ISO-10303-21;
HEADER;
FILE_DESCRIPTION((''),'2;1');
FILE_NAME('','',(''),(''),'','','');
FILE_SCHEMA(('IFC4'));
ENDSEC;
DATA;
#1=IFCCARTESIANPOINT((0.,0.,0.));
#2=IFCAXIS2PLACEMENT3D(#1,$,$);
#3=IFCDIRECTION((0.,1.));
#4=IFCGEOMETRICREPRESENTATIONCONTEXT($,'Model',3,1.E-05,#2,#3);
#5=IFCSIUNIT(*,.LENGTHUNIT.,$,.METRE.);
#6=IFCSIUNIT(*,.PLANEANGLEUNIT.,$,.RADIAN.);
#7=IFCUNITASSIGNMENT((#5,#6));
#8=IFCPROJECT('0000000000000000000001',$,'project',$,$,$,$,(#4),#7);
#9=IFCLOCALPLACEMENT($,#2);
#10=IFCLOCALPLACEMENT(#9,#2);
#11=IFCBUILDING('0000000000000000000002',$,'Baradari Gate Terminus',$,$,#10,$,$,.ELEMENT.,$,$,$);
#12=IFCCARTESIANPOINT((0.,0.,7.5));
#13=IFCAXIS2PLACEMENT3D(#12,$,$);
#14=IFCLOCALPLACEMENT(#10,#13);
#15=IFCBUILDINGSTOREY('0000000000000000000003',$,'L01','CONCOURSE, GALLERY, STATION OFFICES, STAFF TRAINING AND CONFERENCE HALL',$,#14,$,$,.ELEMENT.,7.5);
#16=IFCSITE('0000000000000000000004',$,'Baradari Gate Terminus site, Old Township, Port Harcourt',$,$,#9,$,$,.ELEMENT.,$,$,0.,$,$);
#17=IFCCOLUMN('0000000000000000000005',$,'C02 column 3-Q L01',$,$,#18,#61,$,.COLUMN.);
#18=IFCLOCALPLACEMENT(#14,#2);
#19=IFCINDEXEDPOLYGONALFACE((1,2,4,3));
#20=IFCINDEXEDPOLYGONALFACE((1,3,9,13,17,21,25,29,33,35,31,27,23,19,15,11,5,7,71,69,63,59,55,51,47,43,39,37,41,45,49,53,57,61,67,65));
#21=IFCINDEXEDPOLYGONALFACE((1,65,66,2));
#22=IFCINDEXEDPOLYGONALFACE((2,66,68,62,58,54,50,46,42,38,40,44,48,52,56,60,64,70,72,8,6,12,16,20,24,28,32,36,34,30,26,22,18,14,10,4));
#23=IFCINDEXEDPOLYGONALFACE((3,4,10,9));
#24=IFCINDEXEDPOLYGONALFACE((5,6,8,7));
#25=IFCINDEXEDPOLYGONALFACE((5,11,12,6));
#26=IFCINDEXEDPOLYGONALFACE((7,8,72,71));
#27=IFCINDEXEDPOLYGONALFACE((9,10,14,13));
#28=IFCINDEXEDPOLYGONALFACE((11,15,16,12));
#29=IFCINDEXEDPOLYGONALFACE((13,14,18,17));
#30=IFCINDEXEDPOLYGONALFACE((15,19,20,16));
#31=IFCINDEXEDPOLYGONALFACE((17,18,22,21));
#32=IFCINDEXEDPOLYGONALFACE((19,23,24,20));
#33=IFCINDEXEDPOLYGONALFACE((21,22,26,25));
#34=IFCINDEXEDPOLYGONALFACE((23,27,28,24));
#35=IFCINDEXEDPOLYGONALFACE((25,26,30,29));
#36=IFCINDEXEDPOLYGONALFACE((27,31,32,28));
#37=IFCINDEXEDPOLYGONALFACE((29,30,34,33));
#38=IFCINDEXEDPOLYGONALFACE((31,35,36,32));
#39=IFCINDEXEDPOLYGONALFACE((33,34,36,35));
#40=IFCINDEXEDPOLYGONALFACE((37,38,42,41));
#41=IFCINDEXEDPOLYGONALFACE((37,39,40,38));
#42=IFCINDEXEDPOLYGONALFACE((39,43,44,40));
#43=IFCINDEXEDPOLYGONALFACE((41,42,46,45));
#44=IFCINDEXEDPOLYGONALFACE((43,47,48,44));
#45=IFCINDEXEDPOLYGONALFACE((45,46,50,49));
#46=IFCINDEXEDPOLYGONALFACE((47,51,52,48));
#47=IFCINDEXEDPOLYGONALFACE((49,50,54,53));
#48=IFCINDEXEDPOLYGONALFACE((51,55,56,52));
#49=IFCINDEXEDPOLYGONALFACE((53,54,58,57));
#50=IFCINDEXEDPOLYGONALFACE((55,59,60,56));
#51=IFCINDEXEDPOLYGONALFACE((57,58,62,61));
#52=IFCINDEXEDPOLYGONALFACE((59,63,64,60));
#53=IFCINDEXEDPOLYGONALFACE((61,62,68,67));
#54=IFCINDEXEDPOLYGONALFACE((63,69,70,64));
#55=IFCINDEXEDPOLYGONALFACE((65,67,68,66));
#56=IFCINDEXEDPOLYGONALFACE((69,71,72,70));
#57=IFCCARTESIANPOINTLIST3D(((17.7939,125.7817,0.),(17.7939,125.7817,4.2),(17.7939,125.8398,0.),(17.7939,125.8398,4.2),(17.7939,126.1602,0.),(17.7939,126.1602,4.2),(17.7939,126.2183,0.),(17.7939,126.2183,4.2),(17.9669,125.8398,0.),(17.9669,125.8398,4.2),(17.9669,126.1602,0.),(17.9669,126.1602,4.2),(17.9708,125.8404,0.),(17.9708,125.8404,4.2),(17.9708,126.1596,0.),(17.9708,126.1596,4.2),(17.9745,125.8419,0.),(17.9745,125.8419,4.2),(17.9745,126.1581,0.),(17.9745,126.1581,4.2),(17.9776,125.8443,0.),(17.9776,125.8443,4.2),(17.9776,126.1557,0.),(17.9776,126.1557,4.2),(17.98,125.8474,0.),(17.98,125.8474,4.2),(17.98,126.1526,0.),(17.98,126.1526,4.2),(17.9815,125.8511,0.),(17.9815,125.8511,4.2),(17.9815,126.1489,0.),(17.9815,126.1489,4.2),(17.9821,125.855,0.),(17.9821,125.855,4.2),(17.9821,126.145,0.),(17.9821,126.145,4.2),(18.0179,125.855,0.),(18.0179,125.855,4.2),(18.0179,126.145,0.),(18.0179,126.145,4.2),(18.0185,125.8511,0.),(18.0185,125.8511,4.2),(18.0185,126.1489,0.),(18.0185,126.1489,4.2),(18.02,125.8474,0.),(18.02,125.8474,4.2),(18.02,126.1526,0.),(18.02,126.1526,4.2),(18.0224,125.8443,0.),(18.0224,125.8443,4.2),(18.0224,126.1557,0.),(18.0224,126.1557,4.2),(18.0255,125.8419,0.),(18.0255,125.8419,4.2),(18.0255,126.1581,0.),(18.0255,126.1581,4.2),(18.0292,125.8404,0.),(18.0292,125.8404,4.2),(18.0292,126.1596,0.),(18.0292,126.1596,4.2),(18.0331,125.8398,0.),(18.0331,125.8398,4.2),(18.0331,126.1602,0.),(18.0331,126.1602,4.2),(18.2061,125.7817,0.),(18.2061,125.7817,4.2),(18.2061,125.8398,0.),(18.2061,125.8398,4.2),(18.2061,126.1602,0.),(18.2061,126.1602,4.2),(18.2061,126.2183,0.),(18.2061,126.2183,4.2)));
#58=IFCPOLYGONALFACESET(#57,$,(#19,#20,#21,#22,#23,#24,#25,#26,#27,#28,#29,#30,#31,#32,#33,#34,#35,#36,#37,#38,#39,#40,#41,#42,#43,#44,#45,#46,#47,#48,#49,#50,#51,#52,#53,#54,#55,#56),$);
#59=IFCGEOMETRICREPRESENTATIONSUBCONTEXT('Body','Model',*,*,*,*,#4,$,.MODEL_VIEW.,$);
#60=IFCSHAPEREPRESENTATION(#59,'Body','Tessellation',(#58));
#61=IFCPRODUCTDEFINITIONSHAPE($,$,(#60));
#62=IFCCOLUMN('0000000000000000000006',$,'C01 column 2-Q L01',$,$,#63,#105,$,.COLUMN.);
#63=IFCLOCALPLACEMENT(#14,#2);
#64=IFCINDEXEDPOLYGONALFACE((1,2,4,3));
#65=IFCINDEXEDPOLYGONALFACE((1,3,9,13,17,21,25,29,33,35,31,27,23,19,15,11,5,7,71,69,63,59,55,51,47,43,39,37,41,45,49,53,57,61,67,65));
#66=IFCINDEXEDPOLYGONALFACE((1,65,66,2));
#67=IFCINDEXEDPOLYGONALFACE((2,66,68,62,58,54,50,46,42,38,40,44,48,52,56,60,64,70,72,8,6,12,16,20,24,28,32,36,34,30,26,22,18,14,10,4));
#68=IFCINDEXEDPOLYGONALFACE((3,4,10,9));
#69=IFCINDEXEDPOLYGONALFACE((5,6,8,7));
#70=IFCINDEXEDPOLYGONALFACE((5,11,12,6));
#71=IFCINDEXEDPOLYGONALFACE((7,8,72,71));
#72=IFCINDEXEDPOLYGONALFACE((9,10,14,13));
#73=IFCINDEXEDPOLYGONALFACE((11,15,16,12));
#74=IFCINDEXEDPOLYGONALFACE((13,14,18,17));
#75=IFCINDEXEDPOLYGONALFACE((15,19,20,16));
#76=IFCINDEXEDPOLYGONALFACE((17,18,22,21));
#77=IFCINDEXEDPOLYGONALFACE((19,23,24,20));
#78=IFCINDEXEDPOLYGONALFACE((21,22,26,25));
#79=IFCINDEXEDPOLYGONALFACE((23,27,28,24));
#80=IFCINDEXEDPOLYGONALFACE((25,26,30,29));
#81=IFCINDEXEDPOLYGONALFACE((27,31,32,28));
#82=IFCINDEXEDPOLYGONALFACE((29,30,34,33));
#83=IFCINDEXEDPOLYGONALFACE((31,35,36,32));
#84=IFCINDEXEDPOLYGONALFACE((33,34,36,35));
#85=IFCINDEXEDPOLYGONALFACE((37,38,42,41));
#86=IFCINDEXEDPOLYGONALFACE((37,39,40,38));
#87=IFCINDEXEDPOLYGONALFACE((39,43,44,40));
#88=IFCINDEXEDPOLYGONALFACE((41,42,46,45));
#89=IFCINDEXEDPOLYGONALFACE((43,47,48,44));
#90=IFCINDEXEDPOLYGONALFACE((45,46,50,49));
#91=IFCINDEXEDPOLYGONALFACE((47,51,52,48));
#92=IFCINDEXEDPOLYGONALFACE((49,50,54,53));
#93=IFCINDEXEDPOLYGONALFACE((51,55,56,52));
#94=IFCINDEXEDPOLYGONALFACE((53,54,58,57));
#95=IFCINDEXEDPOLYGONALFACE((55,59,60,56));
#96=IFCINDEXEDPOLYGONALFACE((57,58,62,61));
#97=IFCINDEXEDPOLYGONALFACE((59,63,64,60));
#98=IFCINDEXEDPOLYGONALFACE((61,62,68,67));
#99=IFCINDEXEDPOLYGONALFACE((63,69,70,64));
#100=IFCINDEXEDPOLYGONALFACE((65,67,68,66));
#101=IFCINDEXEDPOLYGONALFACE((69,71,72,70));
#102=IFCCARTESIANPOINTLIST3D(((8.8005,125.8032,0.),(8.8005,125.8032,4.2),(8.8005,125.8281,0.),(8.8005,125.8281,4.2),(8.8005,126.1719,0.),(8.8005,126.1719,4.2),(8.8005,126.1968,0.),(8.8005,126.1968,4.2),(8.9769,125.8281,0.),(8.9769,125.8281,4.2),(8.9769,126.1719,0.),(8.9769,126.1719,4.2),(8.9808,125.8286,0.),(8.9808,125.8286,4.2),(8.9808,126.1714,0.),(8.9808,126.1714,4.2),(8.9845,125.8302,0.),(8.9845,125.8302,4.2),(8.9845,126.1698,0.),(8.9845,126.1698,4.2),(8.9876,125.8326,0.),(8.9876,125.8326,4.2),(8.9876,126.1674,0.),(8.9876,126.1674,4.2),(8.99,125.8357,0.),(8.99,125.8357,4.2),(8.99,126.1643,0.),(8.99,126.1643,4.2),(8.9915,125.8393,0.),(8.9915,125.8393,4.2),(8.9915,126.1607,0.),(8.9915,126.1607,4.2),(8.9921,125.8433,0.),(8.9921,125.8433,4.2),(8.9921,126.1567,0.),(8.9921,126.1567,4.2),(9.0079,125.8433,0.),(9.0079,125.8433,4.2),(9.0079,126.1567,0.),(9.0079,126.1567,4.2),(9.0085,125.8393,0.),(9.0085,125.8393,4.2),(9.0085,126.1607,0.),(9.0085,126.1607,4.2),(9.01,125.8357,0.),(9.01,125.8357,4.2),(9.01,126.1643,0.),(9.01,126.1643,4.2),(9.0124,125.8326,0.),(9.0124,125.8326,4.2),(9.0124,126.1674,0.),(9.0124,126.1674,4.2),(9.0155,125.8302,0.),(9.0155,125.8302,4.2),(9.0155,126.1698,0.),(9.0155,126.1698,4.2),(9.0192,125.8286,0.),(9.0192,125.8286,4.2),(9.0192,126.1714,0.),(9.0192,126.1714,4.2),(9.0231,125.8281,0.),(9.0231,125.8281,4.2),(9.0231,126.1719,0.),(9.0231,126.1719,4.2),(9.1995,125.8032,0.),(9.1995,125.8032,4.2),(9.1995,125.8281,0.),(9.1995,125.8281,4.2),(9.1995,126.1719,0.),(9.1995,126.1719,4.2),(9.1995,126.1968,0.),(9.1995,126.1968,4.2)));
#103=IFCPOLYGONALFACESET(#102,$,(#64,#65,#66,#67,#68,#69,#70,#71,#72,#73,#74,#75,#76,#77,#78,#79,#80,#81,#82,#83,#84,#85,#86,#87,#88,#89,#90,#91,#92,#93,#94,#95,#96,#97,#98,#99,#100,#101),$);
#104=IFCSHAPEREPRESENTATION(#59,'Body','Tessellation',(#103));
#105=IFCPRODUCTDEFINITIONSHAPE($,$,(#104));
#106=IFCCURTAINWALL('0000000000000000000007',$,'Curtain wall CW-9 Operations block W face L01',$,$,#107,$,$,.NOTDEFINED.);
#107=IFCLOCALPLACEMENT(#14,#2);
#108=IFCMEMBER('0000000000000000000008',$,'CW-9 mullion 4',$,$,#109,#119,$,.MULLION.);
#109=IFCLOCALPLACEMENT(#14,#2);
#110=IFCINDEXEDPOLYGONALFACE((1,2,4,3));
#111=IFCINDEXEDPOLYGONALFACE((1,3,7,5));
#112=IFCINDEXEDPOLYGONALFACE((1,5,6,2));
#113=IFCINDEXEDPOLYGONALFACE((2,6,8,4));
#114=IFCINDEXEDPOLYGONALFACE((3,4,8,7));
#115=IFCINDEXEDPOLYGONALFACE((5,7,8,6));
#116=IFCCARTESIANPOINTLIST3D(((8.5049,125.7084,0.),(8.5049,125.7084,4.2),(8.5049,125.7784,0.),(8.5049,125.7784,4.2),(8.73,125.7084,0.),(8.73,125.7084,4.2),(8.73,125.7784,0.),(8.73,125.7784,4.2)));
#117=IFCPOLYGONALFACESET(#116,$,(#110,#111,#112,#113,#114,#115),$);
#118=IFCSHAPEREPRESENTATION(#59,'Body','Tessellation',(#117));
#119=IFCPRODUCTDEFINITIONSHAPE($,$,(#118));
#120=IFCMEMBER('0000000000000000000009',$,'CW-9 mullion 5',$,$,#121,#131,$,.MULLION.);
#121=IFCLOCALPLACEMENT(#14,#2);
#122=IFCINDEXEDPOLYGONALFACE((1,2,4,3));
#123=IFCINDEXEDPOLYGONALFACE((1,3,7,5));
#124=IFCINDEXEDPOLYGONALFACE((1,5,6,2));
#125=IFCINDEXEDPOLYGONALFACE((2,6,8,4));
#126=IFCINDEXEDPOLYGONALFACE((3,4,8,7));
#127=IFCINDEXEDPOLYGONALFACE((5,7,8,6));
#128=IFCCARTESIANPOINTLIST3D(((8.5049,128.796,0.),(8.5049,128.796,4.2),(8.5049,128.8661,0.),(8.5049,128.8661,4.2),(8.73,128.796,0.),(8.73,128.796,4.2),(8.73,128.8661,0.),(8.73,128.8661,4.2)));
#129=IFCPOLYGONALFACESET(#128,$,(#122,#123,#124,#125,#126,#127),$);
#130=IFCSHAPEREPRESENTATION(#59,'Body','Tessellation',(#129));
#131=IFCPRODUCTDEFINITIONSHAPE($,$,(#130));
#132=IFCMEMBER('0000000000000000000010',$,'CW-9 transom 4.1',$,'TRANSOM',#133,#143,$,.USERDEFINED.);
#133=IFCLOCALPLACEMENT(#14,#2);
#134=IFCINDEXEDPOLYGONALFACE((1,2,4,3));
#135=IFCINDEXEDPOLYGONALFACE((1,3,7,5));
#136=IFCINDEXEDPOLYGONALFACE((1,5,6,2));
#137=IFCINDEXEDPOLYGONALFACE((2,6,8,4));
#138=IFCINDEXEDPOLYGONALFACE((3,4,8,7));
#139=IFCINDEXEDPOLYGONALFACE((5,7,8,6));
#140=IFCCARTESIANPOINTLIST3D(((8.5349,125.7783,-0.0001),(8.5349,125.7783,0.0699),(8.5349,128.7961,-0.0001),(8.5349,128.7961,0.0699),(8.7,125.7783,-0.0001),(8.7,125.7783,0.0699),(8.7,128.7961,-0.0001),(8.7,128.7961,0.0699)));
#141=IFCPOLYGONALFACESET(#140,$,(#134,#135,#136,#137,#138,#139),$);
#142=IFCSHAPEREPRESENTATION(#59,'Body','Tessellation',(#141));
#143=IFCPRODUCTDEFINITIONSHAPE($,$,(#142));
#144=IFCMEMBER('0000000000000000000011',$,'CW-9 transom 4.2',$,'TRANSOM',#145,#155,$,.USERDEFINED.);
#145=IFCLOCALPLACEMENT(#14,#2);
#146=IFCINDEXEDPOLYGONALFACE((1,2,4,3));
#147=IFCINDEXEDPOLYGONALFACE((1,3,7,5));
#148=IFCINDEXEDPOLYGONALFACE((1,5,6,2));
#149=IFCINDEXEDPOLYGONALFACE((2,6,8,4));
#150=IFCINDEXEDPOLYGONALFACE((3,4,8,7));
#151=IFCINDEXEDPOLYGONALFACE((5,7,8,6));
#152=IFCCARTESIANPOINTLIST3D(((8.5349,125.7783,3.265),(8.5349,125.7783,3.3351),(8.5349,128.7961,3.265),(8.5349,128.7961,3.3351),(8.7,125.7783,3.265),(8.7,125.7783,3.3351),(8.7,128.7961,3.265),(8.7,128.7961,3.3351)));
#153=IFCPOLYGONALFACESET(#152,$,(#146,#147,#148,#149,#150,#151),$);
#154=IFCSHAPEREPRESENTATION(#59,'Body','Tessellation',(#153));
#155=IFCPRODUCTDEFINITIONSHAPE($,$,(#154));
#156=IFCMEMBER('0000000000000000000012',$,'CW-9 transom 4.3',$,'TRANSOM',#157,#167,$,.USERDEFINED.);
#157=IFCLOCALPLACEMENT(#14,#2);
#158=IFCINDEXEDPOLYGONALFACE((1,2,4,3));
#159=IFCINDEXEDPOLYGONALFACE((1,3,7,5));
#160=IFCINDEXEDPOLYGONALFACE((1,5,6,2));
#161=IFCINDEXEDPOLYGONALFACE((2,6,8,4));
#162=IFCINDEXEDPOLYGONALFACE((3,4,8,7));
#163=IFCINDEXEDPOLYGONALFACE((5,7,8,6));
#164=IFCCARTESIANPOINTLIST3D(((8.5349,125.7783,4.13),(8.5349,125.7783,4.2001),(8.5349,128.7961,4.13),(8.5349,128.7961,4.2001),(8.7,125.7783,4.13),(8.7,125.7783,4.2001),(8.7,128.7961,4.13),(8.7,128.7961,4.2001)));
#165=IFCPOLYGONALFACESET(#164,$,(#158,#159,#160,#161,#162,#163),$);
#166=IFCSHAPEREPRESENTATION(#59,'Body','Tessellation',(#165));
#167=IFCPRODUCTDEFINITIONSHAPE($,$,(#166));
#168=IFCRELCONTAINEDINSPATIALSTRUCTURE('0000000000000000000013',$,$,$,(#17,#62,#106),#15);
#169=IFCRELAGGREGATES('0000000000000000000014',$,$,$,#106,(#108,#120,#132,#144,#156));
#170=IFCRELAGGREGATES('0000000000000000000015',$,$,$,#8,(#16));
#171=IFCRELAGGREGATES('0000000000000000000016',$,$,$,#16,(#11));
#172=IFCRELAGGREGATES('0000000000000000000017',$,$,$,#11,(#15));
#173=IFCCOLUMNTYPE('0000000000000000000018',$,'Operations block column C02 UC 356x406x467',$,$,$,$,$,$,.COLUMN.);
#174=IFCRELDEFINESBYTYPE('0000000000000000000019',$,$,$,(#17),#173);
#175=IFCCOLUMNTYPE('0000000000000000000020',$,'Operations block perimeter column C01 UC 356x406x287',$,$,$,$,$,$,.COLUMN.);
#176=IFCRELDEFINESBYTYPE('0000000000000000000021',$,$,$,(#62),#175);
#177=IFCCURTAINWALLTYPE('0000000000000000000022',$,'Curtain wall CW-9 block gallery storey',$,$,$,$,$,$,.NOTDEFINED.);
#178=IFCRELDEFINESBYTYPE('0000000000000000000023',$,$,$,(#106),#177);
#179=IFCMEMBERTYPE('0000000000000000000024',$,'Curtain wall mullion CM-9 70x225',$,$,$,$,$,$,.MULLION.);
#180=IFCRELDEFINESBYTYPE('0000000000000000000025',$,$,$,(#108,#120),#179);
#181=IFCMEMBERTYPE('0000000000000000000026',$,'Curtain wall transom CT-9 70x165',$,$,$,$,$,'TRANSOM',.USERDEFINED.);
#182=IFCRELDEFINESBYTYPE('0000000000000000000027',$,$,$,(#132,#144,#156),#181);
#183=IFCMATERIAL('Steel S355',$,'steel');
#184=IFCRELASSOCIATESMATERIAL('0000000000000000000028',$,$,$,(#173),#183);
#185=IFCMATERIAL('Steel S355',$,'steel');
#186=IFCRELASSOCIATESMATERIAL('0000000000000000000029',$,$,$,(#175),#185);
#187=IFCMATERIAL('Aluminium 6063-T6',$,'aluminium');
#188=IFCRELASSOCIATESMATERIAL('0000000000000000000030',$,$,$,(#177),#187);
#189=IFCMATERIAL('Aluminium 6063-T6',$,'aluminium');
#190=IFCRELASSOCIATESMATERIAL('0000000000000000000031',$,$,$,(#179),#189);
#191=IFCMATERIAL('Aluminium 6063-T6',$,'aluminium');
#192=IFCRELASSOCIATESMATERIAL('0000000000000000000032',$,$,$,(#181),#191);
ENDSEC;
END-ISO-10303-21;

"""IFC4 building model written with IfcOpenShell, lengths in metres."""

from ifc_helpers import new_model, si_unit, direction, frame, origin, origin_2d, place, context, subcontext, project, spatial, rectangle, i_section, extrude, material, material_profile, profile_set, type_object, element, aggregate, save


model = new_model("IFC4")

# Units and contexts
model_context = context("Model", 3, precision=1e-05, world=origin(), true_north=direction((0.0, 1.0)))
body_context = subcontext(model_context, "Body", "Model", "MODEL_VIEW")
ifc_project = project(units=[si_unit("LENGTHUNIT", "METRE"), si_unit("PLANEANGLEUNIT", "RADIAN")], contexts=[model_context])

# Site, building, storey
site_placement = place(None, origin())
site = spatial("IfcSite", under=ifc_project, at=site_placement, Name="Baradari Gate Terminus site, Old Township, Port Harcourt", CompositionType="ELEMENT", RefElevation=0.0)
building_placement = place(site_placement, origin())
building = spatial("IfcBuilding", under=site, at=building_placement, Name="Baradari Gate Terminus", CompositionType="ELEMENT")
storey_placement = place(building_placement, frame((0.0, 0.0, 7.5)))
storey = spatial("IfcBuildingStorey", under=building, at=storey_placement, Name="L01", Description="CONCOURSE, GALLERY, STATION OFFICES, STAFF TRAINING AND CONFERENCE HALL", CompositionType="ELEMENT", Elevation=7.5)

# Columns
ifc_material_1 = material(Name="Steel S355", Category="steel")
ifc_material_profile_1 = material_profile(ifc_material_1, i_section(OverallWidth=0.4121, OverallDepth=0.4365, WebThickness=0.0359, FlangeThickness=0.0581, FilletRadius=0.0151, at=origin_2d()), Name="UC 356x406x467")
ifc_profile_set_1 = profile_set([ifc_material_profile_1], Name="Steel S355")
column_type_1 = type_object("IfcColumnType", Name="Operations block column C02 UC 356x406x467", PredefinedType="COLUMN", material=ifc_profile_set_1)
column_1_placement = place(storey_placement, frame((18.0, 126.0, 0.0), z_axis=(0.0, 0.0, 1.0), x_axis=(1.0, 0.0, 0.0)))
element("IfcColumn", 1, at=column_1_placement, inside=storey, type_object=column_type_1, Name="C02 column 3-Q L01", PredefinedType="COLUMN", context=body_context, shape_type="SweptSolid", body=[
    extrude(i_section(OverallWidth=0.4121, OverallDepth=0.4365, WebThickness=0.0359, FlangeThickness=0.0581, FilletRadius=0.0151, at=origin_2d()), origin(), (0.0, 0.0, 1.0), 4.2),
])
ifc_material_2 = material(Name="Steel S355", Category="steel")
ifc_material_profile_2 = material_profile(ifc_material_2, i_section(OverallWidth=0.3989, OverallDepth=0.3936, WebThickness=0.0159, FlangeThickness=0.0249, FilletRadius=0.0151, at=origin_2d()), Name="UC 356x406x287")
ifc_profile_set_2 = profile_set([ifc_material_profile_2], Name="Steel S355")
column_type_2 = type_object("IfcColumnType", Name="Operations block perimeter column C01 UC 356x406x287", PredefinedType="COLUMN", material=ifc_profile_set_2)
column_2_placement = place(storey_placement, frame((9.0, 126.0, 0.0), z_axis=(0.0, 0.0, 1.0), x_axis=(1.0, 0.0, 0.0)))
element("IfcColumn", 2, at=column_2_placement, inside=storey, type_object=column_type_2, Name="C01 column 2-Q L01", PredefinedType="COLUMN", context=body_context, shape_type="SweptSolid", body=[
    extrude(i_section(OverallWidth=0.3989, OverallDepth=0.3936, WebThickness=0.0159, FlangeThickness=0.0249, FilletRadius=0.0151, at=origin_2d()), origin(), (0.0, 0.0, 1.0), 4.2),
])

# Curtain wall, members
ifc_material_3 = material(Name="Aluminium 6063-T6", Category="aluminium")
curtain_wall_type = type_object("IfcCurtainWallType", Name="Curtain wall CW-9 block gallery storey", PredefinedType="NOTDEFINED", material=ifc_material_3)
curtain_wall_placement = place(storey_placement, origin())
curtain_wall = element("IfcCurtainWall", 3, at=curtain_wall_placement, inside=storey, type_object=curtain_wall_type, Name="Curtain wall CW-9 Operations block W face L01", PredefinedType="NOTDEFINED")
ifc_material_4 = material(Name="Aluminium 6063-T6", Category="aluminium")
ifc_material_profile_3 = material_profile(ifc_material_4, rectangle(XDim=0.2251, YDim=0.0701, at=origin_2d()), Name="CM-9 70X225")
ifc_profile_set_3 = profile_set([ifc_material_profile_3], Name="Aluminium 6063-T6")
member_type_1 = type_object("IfcMemberType", Name="Curtain wall mullion CM-9 70x225", PredefinedType="MULLION", material=ifc_profile_set_3)
member_1_placement = place(storey_placement, frame((8.6174, 125.7434, 0.0), z_axis=(0.0, 0.0, 1.0), x_axis=(-1.0, 0.0, 0.0)))
member_1 = element("IfcMember", 4, at=member_1_placement, type_object=member_type_1, Name="CW-9 mullion 4", PredefinedType="MULLION", context=body_context, shape_type="SweptSolid", body=[
    extrude(rectangle(XDim=0.2251, YDim=0.0701, at=origin_2d()), origin(), (0.0, 0.0, 1.0), 4.2),
])
member_2_placement = place(storey_placement, frame((8.6174, 128.8311, 0.0), z_axis=(0.0, 0.0, 1.0), x_axis=(-1.0, 0.0, 0.0)))
member_2 = element("IfcMember", 5, at=member_2_placement, type_object=member_type_1, Name="CW-9 mullion 5", PredefinedType="MULLION", context=body_context, shape_type="SweptSolid", body=[
    extrude(rectangle(XDim=0.2251, YDim=0.0701, at=origin_2d()), origin(), (0.0, 0.0, 1.0), 4.2),
])
ifc_material_5 = material(Name="Aluminium 6063-T6", Category="aluminium")
ifc_material_profile_4 = material_profile(ifc_material_5, rectangle(XDim=0.165, YDim=0.0701, at=origin_2d()), Name="CT-9 70X165")
ifc_profile_set_4 = profile_set([ifc_material_profile_4], Name="Aluminium 6063-T6")
member_type_2 = type_object("IfcMemberType", Name="Curtain wall transom CT-9 70x165", ElementType="TRANSOM", PredefinedType="USERDEFINED", material=ifc_profile_set_4)
member_3_placement = place(storey_placement, frame((8.6174, 125.7783, 0.0349), z_axis=(0.0, 1.0, 0.0), x_axis=(-1.0, 0.0, 0.0)))
member_3 = element("IfcMember", 6, at=member_3_placement, type_object=member_type_2, Name="CW-9 transom 4.1", ObjectType="TRANSOM", PredefinedType="USERDEFINED", context=body_context, shape_type="SweptSolid", body=[
    extrude(rectangle(XDim=0.165, YDim=0.0701, at=origin_2d()), origin(), (0.0, 0.0, 1.0), 3.0178),
])
member_4_placement = place(storey_placement, frame((8.6174, 125.7783, 3.3), z_axis=(0.0, 1.0, 0.0), x_axis=(-1.0, 0.0, 0.0)))
member_4 = element("IfcMember", 7, at=member_4_placement, type_object=member_type_2, Name="CW-9 transom 4.2", ObjectType="TRANSOM", PredefinedType="USERDEFINED", context=body_context, shape_type="SweptSolid", body=[
    extrude(rectangle(XDim=0.165, YDim=0.0701, at=origin_2d()), origin(), (0.0, 0.0, 1.0), 3.0178),
])
member_5_placement = place(storey_placement, frame((8.6174, 125.7783, 4.165), z_axis=(0.0, 1.0, 0.0), x_axis=(-1.0, 0.0, 0.0)))
member_5 = element("IfcMember", 8, at=member_5_placement, type_object=member_type_2, Name="CW-9 transom 4.3", ObjectType="TRANSOM", PredefinedType="USERDEFINED", context=body_context, shape_type="SweptSolid", body=[
    extrude(rectangle(XDim=0.165, YDim=0.0701, at=origin_2d()), origin(), (0.0, 0.0, 1.0), 3.0178),
])

aggregate(curtain_wall, [member_1, member_2, member_3, member_4, member_5])

save(model, "model.ifc")
